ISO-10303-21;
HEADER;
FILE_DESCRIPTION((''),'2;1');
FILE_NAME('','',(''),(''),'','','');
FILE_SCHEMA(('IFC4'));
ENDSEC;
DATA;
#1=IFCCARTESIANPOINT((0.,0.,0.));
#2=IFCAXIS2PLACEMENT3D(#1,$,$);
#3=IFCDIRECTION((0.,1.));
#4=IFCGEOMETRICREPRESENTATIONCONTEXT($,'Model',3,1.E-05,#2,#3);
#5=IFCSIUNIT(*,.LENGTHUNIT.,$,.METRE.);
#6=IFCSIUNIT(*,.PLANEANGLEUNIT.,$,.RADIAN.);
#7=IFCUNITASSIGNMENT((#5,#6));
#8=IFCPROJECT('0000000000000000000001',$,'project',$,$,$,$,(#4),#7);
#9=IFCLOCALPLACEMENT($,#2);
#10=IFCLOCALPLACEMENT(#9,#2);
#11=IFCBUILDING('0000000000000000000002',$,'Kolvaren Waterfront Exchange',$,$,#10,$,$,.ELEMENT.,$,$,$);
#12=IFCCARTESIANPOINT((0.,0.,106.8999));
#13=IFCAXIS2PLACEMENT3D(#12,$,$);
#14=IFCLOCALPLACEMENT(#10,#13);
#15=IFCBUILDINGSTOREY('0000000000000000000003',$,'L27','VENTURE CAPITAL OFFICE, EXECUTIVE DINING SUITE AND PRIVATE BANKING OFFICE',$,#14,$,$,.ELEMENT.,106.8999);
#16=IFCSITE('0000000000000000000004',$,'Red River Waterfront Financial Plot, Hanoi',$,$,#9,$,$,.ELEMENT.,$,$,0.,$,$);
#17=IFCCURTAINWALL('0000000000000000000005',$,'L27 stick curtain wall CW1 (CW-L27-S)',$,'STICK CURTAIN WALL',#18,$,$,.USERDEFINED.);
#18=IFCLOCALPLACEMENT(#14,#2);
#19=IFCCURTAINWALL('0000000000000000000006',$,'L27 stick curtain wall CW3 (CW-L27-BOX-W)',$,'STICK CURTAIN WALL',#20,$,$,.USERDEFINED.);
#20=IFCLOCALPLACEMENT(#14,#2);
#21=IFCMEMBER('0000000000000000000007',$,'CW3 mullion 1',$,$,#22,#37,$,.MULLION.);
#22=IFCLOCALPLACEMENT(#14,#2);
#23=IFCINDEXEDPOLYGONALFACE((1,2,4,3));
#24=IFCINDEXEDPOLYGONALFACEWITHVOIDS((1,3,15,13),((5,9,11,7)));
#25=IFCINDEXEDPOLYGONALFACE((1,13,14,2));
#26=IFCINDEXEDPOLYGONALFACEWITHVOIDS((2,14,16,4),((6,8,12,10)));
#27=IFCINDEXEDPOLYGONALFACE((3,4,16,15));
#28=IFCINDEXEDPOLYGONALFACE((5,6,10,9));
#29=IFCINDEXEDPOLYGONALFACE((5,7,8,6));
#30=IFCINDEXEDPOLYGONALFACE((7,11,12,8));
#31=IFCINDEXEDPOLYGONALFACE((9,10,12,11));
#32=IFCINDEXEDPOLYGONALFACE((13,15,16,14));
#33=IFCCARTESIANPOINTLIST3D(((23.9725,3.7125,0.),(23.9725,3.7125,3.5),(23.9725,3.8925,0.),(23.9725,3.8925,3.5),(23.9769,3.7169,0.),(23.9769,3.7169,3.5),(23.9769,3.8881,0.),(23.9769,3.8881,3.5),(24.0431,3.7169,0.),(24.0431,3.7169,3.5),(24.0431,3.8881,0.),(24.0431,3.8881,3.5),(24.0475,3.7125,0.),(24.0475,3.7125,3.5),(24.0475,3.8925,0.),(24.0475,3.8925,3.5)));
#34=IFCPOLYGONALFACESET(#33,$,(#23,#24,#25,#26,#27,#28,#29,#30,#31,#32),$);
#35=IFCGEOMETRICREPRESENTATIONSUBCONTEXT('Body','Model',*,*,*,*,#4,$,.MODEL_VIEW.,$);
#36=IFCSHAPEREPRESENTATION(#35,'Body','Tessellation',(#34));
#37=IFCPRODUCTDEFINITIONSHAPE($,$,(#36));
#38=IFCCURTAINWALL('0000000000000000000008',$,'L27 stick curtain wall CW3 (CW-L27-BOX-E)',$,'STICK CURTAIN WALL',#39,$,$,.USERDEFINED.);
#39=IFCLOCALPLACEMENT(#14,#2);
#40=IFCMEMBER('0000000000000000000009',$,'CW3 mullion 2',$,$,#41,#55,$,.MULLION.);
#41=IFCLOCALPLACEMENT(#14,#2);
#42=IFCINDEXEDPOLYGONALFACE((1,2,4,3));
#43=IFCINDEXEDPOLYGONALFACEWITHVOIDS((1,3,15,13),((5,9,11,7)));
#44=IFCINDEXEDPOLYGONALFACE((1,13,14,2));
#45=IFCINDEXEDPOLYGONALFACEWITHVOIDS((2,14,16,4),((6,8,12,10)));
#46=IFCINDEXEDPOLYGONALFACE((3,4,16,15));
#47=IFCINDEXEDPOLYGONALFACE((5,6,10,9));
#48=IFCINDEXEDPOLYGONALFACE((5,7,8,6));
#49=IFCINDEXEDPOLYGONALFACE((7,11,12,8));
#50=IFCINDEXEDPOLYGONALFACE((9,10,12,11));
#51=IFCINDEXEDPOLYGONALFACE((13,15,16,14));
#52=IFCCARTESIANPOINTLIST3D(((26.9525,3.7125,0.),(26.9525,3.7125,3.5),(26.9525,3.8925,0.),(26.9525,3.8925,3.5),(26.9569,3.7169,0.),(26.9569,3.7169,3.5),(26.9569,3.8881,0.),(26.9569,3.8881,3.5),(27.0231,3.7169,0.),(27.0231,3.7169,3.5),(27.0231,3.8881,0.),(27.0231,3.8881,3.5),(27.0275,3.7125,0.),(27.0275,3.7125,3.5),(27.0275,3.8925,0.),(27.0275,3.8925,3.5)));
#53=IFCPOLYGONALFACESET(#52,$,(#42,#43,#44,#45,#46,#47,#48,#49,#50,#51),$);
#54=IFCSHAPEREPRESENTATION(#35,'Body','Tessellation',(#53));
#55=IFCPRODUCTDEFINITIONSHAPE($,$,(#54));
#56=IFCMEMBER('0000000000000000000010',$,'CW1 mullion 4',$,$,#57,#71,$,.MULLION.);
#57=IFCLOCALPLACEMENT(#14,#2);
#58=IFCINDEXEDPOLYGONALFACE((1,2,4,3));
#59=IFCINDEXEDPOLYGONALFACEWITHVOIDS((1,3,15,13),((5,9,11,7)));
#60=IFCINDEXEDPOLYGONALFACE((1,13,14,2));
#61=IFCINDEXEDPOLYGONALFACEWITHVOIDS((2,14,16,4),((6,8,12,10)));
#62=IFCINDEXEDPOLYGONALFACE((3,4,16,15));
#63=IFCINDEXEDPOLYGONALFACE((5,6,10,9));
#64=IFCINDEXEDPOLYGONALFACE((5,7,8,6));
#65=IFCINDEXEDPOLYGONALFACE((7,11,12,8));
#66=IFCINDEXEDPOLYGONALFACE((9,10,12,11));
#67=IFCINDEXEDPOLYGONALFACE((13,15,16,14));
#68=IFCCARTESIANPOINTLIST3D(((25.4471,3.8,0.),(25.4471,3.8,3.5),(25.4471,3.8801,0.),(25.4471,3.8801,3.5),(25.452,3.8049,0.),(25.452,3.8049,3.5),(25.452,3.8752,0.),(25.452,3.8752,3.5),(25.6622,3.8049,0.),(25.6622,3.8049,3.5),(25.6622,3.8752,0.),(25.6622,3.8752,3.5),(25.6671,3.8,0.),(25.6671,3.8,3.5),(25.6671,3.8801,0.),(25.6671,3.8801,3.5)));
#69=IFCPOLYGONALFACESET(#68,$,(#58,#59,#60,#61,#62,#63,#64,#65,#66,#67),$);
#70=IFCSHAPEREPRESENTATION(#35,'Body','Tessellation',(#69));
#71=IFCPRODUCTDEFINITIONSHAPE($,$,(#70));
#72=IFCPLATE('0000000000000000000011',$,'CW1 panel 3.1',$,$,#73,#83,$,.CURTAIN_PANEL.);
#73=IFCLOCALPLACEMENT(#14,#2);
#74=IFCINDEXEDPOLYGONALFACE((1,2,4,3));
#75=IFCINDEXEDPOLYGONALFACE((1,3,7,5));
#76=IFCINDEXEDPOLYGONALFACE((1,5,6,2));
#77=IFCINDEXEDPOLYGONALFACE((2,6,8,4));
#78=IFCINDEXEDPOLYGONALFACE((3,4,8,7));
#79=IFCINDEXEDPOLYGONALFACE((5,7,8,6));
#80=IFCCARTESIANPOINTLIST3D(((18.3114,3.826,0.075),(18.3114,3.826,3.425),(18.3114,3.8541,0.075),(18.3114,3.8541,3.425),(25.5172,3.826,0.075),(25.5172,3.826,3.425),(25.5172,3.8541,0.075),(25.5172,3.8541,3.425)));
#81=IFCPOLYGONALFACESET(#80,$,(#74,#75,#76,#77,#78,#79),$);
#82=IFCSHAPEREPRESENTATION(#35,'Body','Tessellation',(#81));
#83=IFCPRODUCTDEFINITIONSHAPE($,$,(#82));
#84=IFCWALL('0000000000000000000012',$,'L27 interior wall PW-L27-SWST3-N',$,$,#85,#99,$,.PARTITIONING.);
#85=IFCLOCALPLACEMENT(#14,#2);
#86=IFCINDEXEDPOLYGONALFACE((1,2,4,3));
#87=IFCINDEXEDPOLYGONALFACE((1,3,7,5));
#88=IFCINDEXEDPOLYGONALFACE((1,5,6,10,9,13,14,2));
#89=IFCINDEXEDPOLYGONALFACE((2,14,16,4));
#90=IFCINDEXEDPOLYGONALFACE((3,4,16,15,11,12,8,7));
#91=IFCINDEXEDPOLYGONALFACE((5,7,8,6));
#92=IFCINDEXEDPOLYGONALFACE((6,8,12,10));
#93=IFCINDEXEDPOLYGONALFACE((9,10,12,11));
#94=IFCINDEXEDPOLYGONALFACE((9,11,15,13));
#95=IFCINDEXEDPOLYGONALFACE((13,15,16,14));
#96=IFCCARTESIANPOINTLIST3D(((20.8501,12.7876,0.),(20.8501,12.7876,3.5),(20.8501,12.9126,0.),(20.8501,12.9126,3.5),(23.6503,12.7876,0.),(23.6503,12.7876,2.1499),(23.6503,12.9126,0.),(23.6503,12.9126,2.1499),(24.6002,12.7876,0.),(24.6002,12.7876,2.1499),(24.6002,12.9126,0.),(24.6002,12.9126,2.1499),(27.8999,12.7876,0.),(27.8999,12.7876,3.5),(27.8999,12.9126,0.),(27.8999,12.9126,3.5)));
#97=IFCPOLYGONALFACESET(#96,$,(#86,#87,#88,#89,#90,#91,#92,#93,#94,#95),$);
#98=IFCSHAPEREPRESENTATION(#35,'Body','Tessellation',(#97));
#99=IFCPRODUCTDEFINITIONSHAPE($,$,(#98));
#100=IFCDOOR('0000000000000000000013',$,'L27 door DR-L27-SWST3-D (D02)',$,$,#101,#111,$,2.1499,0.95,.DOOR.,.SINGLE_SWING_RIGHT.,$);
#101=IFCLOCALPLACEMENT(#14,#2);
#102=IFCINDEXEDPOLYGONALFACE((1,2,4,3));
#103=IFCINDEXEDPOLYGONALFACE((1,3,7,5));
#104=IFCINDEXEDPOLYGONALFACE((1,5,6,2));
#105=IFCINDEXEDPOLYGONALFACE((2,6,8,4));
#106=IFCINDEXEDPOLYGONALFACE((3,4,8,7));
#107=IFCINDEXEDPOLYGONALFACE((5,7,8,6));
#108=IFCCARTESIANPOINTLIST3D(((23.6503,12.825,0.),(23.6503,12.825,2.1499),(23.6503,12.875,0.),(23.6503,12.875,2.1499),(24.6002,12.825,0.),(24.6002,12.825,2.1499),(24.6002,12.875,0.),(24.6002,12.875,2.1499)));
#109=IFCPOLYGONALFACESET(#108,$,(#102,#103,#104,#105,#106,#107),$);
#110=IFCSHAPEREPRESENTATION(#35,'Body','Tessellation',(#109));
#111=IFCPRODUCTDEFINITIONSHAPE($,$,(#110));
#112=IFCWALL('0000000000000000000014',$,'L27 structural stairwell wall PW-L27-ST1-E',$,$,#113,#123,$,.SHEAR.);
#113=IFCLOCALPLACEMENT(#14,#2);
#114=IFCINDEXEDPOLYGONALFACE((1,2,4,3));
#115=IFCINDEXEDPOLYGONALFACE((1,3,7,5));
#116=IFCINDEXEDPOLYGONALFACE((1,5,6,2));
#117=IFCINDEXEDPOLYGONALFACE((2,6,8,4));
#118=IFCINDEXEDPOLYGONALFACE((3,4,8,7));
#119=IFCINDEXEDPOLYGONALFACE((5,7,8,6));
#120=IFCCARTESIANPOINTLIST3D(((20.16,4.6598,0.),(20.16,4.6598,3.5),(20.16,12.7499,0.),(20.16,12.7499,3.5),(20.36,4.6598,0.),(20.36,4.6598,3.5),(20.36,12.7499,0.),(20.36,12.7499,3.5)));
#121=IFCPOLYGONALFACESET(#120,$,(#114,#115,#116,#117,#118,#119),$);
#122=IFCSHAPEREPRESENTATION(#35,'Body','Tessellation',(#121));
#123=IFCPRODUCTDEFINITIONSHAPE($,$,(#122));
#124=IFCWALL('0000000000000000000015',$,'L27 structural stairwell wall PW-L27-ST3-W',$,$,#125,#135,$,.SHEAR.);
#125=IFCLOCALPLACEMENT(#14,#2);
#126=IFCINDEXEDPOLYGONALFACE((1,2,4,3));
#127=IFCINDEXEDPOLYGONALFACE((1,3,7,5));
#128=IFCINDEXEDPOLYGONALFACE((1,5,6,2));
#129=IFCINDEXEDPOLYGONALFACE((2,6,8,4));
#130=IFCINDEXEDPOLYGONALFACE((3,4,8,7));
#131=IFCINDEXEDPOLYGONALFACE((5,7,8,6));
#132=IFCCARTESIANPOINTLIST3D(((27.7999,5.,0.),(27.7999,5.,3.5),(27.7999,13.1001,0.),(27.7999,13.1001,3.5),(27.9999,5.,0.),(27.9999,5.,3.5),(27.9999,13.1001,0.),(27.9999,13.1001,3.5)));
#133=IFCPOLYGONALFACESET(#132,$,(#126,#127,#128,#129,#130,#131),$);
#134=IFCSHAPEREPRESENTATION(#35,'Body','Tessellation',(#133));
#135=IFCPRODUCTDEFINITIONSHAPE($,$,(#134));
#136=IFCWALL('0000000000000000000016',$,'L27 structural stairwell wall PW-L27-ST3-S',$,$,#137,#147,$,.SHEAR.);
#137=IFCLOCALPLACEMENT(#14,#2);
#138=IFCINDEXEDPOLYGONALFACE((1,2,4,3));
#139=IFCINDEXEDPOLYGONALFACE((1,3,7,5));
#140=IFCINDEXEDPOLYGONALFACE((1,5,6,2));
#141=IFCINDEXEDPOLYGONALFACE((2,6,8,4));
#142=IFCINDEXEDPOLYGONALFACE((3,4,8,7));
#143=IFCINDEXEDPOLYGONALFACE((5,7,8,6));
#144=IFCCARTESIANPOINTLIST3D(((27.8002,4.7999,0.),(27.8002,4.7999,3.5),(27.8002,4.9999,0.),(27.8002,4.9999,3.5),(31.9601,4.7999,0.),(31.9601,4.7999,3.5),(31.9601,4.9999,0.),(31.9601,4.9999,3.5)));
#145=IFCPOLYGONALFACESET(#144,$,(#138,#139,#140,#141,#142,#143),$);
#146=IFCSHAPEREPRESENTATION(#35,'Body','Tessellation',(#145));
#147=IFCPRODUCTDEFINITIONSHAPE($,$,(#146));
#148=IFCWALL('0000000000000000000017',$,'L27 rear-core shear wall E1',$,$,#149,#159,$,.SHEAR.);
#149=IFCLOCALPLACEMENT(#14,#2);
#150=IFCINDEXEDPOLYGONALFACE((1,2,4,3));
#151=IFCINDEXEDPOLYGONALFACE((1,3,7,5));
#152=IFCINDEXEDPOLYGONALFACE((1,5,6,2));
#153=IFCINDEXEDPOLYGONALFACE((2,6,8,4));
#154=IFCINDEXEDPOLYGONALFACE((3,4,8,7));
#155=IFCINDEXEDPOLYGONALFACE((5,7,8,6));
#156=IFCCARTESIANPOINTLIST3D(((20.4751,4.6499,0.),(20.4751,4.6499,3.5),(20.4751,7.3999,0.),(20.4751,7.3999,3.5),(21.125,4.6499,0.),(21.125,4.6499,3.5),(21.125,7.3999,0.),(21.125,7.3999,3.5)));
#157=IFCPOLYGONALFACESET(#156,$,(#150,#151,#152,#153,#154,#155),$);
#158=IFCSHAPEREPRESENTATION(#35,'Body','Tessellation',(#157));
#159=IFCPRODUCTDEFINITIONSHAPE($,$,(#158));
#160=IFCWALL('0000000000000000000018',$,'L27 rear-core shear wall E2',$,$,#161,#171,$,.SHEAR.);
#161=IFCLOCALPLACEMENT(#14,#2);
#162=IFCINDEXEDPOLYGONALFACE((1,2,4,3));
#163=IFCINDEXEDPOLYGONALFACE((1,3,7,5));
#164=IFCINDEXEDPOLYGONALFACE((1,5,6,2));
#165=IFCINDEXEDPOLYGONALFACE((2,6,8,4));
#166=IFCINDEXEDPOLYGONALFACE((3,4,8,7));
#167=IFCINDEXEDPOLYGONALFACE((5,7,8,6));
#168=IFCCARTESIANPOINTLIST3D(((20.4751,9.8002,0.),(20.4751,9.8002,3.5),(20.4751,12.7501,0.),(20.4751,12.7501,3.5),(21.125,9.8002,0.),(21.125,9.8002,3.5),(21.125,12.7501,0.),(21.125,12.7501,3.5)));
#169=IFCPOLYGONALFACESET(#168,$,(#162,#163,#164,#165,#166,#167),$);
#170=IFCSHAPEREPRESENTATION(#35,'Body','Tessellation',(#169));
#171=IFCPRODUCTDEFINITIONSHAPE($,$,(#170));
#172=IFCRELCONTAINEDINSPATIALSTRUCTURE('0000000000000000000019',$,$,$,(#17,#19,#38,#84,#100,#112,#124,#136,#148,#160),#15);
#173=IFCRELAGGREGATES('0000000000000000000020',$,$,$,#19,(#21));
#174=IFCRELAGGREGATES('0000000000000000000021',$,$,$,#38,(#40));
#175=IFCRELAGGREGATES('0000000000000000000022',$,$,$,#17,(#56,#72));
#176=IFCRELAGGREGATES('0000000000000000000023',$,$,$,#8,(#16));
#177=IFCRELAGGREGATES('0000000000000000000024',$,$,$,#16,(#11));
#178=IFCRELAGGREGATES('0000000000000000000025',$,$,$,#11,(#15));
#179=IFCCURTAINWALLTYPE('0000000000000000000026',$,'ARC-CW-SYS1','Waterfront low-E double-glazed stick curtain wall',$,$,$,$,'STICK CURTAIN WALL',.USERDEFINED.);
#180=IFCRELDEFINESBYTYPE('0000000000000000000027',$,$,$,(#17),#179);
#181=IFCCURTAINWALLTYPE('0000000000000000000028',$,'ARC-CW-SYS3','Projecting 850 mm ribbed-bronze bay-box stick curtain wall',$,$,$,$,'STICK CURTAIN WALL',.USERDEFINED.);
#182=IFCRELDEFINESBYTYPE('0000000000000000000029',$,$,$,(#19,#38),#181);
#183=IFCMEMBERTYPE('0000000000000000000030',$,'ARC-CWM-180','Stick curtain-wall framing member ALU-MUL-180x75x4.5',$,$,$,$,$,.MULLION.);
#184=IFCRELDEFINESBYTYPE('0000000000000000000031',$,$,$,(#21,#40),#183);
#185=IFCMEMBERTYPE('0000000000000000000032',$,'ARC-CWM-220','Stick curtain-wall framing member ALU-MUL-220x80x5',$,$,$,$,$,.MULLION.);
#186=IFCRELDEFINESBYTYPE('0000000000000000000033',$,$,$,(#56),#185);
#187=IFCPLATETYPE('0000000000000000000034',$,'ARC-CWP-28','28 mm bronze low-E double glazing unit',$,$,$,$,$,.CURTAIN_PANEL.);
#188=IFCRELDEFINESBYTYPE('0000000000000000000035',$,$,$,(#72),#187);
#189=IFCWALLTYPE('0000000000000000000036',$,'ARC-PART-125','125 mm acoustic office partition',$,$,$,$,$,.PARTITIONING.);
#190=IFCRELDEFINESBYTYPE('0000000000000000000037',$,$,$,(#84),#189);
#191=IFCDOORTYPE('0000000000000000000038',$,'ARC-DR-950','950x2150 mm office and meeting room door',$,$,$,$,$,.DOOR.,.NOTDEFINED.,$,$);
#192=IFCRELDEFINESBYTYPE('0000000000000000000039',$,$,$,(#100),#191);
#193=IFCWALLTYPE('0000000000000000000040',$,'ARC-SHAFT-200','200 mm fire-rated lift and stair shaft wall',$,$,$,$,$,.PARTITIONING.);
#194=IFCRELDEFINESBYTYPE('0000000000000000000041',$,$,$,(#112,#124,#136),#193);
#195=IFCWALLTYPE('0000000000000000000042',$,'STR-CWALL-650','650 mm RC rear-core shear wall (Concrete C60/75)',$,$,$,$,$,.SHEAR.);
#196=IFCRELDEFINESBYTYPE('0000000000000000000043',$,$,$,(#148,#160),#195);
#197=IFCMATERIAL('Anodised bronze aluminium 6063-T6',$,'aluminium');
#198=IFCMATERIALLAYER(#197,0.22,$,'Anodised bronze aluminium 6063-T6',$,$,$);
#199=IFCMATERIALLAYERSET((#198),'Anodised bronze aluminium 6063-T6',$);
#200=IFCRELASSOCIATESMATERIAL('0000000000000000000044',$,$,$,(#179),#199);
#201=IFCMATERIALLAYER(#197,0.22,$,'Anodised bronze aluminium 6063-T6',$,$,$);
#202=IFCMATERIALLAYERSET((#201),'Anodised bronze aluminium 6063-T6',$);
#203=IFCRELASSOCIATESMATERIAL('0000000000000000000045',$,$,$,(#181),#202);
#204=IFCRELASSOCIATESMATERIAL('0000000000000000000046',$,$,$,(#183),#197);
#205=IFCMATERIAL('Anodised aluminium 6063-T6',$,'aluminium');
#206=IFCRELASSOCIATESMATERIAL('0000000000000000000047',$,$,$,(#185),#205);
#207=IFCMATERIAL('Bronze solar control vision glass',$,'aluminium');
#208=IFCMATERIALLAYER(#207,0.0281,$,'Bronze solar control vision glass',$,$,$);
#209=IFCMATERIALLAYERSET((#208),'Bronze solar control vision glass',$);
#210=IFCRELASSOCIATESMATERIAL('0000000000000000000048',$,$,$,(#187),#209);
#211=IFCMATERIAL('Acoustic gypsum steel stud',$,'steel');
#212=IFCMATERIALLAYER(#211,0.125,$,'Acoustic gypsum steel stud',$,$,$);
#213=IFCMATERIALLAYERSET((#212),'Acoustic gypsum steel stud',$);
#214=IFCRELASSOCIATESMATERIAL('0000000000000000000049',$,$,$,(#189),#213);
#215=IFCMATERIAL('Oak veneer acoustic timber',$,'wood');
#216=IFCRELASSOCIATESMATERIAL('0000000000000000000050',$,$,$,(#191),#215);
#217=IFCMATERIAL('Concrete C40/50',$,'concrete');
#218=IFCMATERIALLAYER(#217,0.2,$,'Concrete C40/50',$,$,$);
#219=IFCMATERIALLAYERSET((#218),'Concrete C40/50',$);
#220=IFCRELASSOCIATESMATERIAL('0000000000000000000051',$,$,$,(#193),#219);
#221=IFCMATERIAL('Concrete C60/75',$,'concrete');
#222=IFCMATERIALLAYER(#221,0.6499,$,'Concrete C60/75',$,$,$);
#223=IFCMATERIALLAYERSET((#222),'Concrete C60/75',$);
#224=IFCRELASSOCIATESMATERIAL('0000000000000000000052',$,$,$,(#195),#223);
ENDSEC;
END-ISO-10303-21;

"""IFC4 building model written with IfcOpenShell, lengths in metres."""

from ifc_helpers import new_model, si_unit, direction, frame, frame_2d, origin, origin_with_axes, origin_2d, place, context, subcontext, project, spatial, rectangle, hollow_rectangle, extrude, source, transform, mapped, material, layer, layer_set, material_profile, profile_set, type_object, element, fill, aggregate, save


model = new_model("IFC4")

# Units and contexts
model_context = context("Model", 3, precision=1e-05, world=origin(), true_north=direction((0.0, 1.0)))
body_context = subcontext(model_context, "Body", "Model", "MODEL_VIEW")
ifc_project = project(units=[si_unit("LENGTHUNIT", "METRE"), si_unit("PLANEANGLEUNIT", "RADIAN")], contexts=[model_context])

# Site, building, storey
site_placement = place(None, origin())
site = spatial("IfcSite", under=ifc_project, at=site_placement, Name="Red River Waterfront Financial Plot, Hanoi", CompositionType="ELEMENT", RefElevation=0.0)
building_placement = place(site_placement, origin())
building = spatial("IfcBuilding", under=site, at=building_placement, Name="Kolvaren Waterfront Exchange", CompositionType="ELEMENT")
storey_placement = place(building_placement, frame((0.0, 0.0, 106.8999)))
storey = spatial("IfcBuildingStorey", under=building, at=storey_placement, Name="L27", Description="VENTURE CAPITAL OFFICE, EXECUTIVE DINING SUITE AND PRIVATE BANKING OFFICE", CompositionType="ELEMENT", Elevation=106.8999)

# Shared definitions
ifc_material_1 = material(Name="Concrete C60/75", Category="concrete")

# Curtain wall
ifc_material_2 = material(Name="Anodised bronze aluminium 6063-T6", Category="aluminium")
ifc_layer_1 = layer(ifc_material_2, 0.22, Name="Anodised bronze aluminium 6063-T6")
ifc_layer_set_1 = layer_set([ifc_layer_1], Name="Anodised bronze aluminium 6063-T6")
curtain_wall_type_1 = type_object("IfcCurtainWallType", Name="ARC-CW-SYS1", Description="Waterfront low-E double-glazed stick curtain wall", ElementType="STICK CURTAIN WALL", PredefinedType="USERDEFINED", material=ifc_layer_set_1)
curtain_wall_1_placement = place(storey_placement, origin())
curtain_wall_1 = element("IfcCurtainWall", 1, at=curtain_wall_1_placement, inside=storey, type_object=curtain_wall_type_1, Name="L27 stick curtain wall CW1 (CW-L27-S)", ObjectType="STICK CURTAIN WALL", PredefinedType="USERDEFINED")
ifc_material_3 = material(Name="Anodised aluminium 6063-T6", Category="aluminium")

# Curtain walls, members
ifc_layer_2 = layer(ifc_material_2, 0.22, Name="Anodised bronze aluminium 6063-T6")
ifc_layer_set_2 = layer_set([ifc_layer_2], Name="Anodised bronze aluminium 6063-T6")
curtain_wall_type_2 = type_object("IfcCurtainWallType", Name="ARC-CW-SYS3", Description="Projecting 850 mm ribbed-bronze bay-box stick curtain wall", ElementType="STICK CURTAIN WALL", PredefinedType="USERDEFINED", material=ifc_layer_set_2)
curtain_wall_2_placement = place(storey_placement, origin())
curtain_wall_2 = element("IfcCurtainWall", 2, at=curtain_wall_2_placement, inside=storey, type_object=curtain_wall_type_2, Name="L27 stick curtain wall CW3 (CW-L27-BOX-W)", ObjectType="STICK CURTAIN WALL", PredefinedType="USERDEFINED")
ifc_material_profile_1 = material_profile(ifc_material_2, hollow_rectangle(XDim=0.075, YDim=0.1799, WallThickness=0.0044, at=origin_2d()), Name="ALU-MUL-180x75x4.5")
ifc_profile_set_1 = profile_set([ifc_material_profile_1], Name="Anodised bronze aluminium 6063-T6")
member_type_1 = type_object("IfcMemberType", Name="ARC-CWM-180", Description="Stick curtain-wall framing member ALU-MUL-180x75x4.5", PredefinedType="MULLION", material=ifc_profile_set_1)
shared_shape_1 = source(origin_with_axes(), body_context, "Body", "SweptSolid", [
    extrude(hollow_rectangle(XDim=0.075, YDim=0.1799, WallThickness=0.0044, at=origin_2d()), origin(), (0.0, 0.0, 1.0), 3.5),
])
member_1_placement = place(storey_placement, frame((24.01, 3.8025, 0.0), z_axis=(0.0, 0.0, 1.0), x_axis=(1.0, 0.0, 0.0)))
member_1 = element("IfcMember", 3, at=member_1_placement, type_object=member_type_1, Name="CW3 mullion 1", PredefinedType="MULLION", context=body_context, shape_type="MappedRepresentation", body=[
    mapped(shared_shape_1, transform((0.0, 0.0, 0.0), x_axis=(1.0, 0.0, 0.0), y_axis=(0.0, 1.0, 0.0), z_axis=(0.0, 0.0, 1.0), scale=1.0)),
])
aggregate(curtain_wall_2, [member_1])
curtain_wall_3_placement = place(storey_placement, origin())
curtain_wall_3 = element("IfcCurtainWall", 4, at=curtain_wall_3_placement, inside=storey, type_object=curtain_wall_type_2, Name="L27 stick curtain wall CW3 (CW-L27-BOX-E)", ObjectType="STICK CURTAIN WALL", PredefinedType="USERDEFINED")
member_2_placement = place(storey_placement, frame((26.99, 3.8025, 0.0), z_axis=(0.0, 0.0, 1.0), x_axis=(-1.0, 0.0, 0.0)))
member_2 = element("IfcMember", 5, at=member_2_placement, type_object=member_type_1, Name="CW3 mullion 2", PredefinedType="MULLION", context=body_context, shape_type="MappedRepresentation", body=[
    mapped(shared_shape_1, transform((0.0, 0.0, 0.0), x_axis=(1.0, 0.0, 0.0), y_axis=(0.0, 1.0, 0.0), z_axis=(0.0, 0.0, 1.0), scale=1.0)),
])
aggregate(curtain_wall_3, [member_2])

# Member
ifc_material_profile_2 = material_profile(ifc_material_3, hollow_rectangle(XDim=0.0801, YDim=0.22, WallThickness=0.0049, at=origin_2d()), Name="ALU-MUL-220x80x5")
ifc_profile_set_2 = profile_set([ifc_material_profile_2], Name="Anodised aluminium 6063-T6")
member_type_2 = type_object("IfcMemberType", Name="ARC-CWM-220", Description="Stick curtain-wall framing member ALU-MUL-220x80x5", PredefinedType="MULLION", material=ifc_profile_set_2)
shared_shape_2 = source(origin_with_axes(), body_context, "Body", "SweptSolid", [
    extrude(hollow_rectangle(XDim=0.0801, YDim=0.22, WallThickness=0.0049, at=origin_2d()), origin(), (0.0, 0.0, 1.0), 3.5),
])
member_3_placement = place(storey_placement, frame((25.5571, 3.8401, 0.0), z_axis=(0.0, 0.0, 1.0), x_axis=(0.0, 1.0, 0.0)))
member_3 = element("IfcMember", 6, at=member_3_placement, type_object=member_type_2, Name="CW1 mullion 4", PredefinedType="MULLION", context=body_context, shape_type="MappedRepresentation", body=[
    mapped(shared_shape_2, transform((0.0, 0.0, 0.0), x_axis=(1.0, 0.0, 0.0), y_axis=(0.0, 1.0, 0.0), z_axis=(0.0, 0.0, 1.0), scale=1.0)),
])

# Plate
ifc_material_4 = material(Name="Bronze solar control vision glass", Category="aluminium")
ifc_layer_3 = layer(ifc_material_4, 0.0281, Name="Bronze solar control vision glass")
ifc_layer_set_3 = layer_set([ifc_layer_3], Name="Bronze solar control vision glass")
plate_type = type_object("IfcPlateType", Name="ARC-CWP-28", Description="28 mm bronze low-E double glazing unit", PredefinedType="CURTAIN_PANEL", material=ifc_layer_set_3)
shared_shape_3 = source(origin_with_axes(), body_context, "Body", "SweptSolid", [
    extrude(rectangle(XDim=7.2058, YDim=0.0281, at=origin_2d()), origin(), (0.0, 0.0, 1.0), 3.3501),
])
plate_placement = place(storey_placement, frame((21.9143, 3.8401, 0.075), z_axis=(0.0, 0.0, 1.0), x_axis=(1.0, 0.0, 0.0)))
plate = element("IfcPlate", 7, at=plate_placement, type_object=plate_type, Name="CW1 panel 3.1", PredefinedType="CURTAIN_PANEL", context=body_context, shape_type="MappedRepresentation", body=[
    mapped(shared_shape_3, transform((0.0, 0.0, 0.0), x_axis=(1.0, 0.0, 0.0), y_axis=(0.0, 1.0, 0.0), z_axis=(0.0, 0.0, 1.0), scale=1.0)),
])
aggregate(curtain_wall_1, [member_3, plate])

# Wall, opening, door
ifc_material_5 = material(Name="Acoustic gypsum steel stud", Category="steel")
ifc_layer_4 = layer(ifc_material_5, 0.125, Name="Acoustic gypsum steel stud")
ifc_layer_set_4 = layer_set([ifc_layer_4], Name="Acoustic gypsum steel stud")
wall_type_1 = type_object("IfcWallType", Name="ARC-PART-125", Description="125 mm acoustic office partition", PredefinedType="PARTITIONING", material=ifc_layer_set_4)
wall_1_placement = place(storey_placement, frame((20.8501, 12.8501, 0.0), z_axis=(0.0, 0.0, 1.0), x_axis=(1.0, 0.0, 0.0)))
wall_1 = element("IfcWall", 8, at=wall_1_placement, inside=storey, type_object=wall_type_1, Name="L27 interior wall PW-L27-SWST3-N", PredefinedType="PARTITIONING", context=body_context, shape_type="SweptSolid", body=[
    extrude(rectangle(XDim=7.0498, YDim=0.125, at=frame_2d((3.5249, 0.0))), origin(), (0.0, 0.0, 1.0), 3.5),
])
opening_placement = place(wall_1_placement, frame((2.8, 0.0, 0.0)))
opening = element("IfcOpeningElement", 9, at=opening_placement, cuts=wall_1, PredefinedType="OPENING", context=body_context, shape_type="SweptSolid", body=[
    extrude(rectangle(XDim=0.95, YDim=2.1499, at=frame_2d((0.4751, 1.075))), frame((0.0, 0.0725, 0.0), z_axis=(0.0, -1.0, 0.0), x_axis=(1.0, 0.0, 0.0)), (0.0, 0.0, 1.0), 0.145),
])
ifc_material_6 = material(Name="Oak veneer acoustic timber", Category="wood")
door_type = type_object("IfcDoorType", Name="ARC-DR-950", Description="950x2150 mm office and meeting room door", OperationType="NOTDEFINED", PredefinedType="DOOR", material=ifc_material_6)
door_placement = place(opening_placement, origin())
door = element("IfcDoor", 10, at=door_placement, inside=storey, type_object=door_type, Name="L27 door DR-L27-SWST3-D (D02)", OperationType="SINGLE_SWING_RIGHT", OverallHeight=2.1499, OverallWidth=0.95, PredefinedType="DOOR", context=body_context, shape_type="SweptSolid", body=[
    extrude(rectangle(XDim=0.95, YDim=2.1499, at=frame_2d((0.4751, 1.075))), frame((0.0, 0.0249, 0.0), z_axis=(0.0, -1.0, 0.0), x_axis=(1.0, 0.0, 0.0)), (0.0, 0.0, 1.0), 0.05),
])
fill(opening, door)

# Walls
ifc_material_7 = material(Name="Concrete C40/50", Category="concrete")
ifc_layer_5 = layer(ifc_material_7, 0.2, Name="Concrete C40/50")
ifc_layer_set_5 = layer_set([ifc_layer_5], Name="Concrete C40/50")
wall_type_2 = type_object("IfcWallType", Name="ARC-SHAFT-200", Description="200 mm fire-rated lift and stair shaft wall", PredefinedType="PARTITIONING", material=ifc_layer_set_5)
wall_2_placement = place(storey_placement, frame((20.26, 4.6599, 0.0), z_axis=(0.0, 0.0, 1.0), x_axis=(0.0, 1.0, 0.0)))
element("IfcWall", 11, at=wall_2_placement, inside=storey, type_object=wall_type_2, Name="L27 structural stairwell wall PW-L27-ST1-E", PredefinedType="SHEAR", context=body_context, shape_type="SweptSolid", body=[
    extrude(rectangle(XDim=8.0901, YDim=0.2, at=frame_2d((4.0449, 0.0))), origin(), (0.0, 0.0, 1.0), 3.5),
])
wall_3_placement = place(storey_placement, frame((27.8999, 5.0, 0.0), z_axis=(0.0, 0.0, 1.0), x_axis=(0.0, 1.0, 0.0)))
element("IfcWall", 12, at=wall_3_placement, inside=storey, type_object=wall_type_2, Name="L27 structural stairwell wall PW-L27-ST3-W", PredefinedType="SHEAR", context=body_context, shape_type="SweptSolid", body=[
    extrude(rectangle(XDim=8.1001, YDim=0.2, at=frame_2d((4.05, 0.0))), origin(), (0.0, 0.0, 1.0), 3.5),
])
wall_4_placement = place(storey_placement, frame((27.8, 4.8999, 0.0), z_axis=(0.0, 0.0, 1.0), x_axis=(1.0, 0.0, 0.0)))
element("IfcWall", 13, at=wall_4_placement, inside=storey, type_object=wall_type_2, Name="L27 structural stairwell wall PW-L27-ST3-S", PredefinedType="SHEAR", context=body_context, shape_type="SweptSolid", body=[
    extrude(rectangle(XDim=4.1599, YDim=0.2, at=frame_2d((2.0801, 0.0))), origin(), (0.0, 0.0, 1.0), 3.5),
])
ifc_layer_6 = layer(ifc_material_1, 0.6499, Name="Concrete C60/75")
ifc_layer_set_6 = layer_set([ifc_layer_6], Name="Concrete C60/75")
wall_type_3 = type_object("IfcWallType", Name="STR-CWALL-650", Description="650 mm RC rear-core shear wall (Concrete C60/75)", PredefinedType="SHEAR", material=ifc_layer_set_6)
wall_5_placement = place(storey_placement, frame((20.8, 4.6499, 0.0), z_axis=(0.0, 0.0, 1.0), x_axis=(0.0, 1.0, 0.0)))
element("IfcWall", 14, at=wall_5_placement, inside=storey, type_object=wall_type_3, Name="L27 rear-core shear wall E1", PredefinedType="SHEAR", context=body_context, shape_type="SweptSolid", body=[
    extrude(rectangle(XDim=2.75, YDim=0.6499, at=frame_2d((1.375, 0.0))), origin(), (0.0, 0.0, 1.0), 3.5),
])
wall_6_placement = place(storey_placement, frame((20.8, 9.8, 0.0), z_axis=(0.0, 0.0, 1.0), x_axis=(0.0, 1.0, 0.0)))
element("IfcWall", 15, at=wall_6_placement, inside=storey, type_object=wall_type_3, Name="L27 rear-core shear wall E2", PredefinedType="SHEAR", context=body_context, shape_type="SweptSolid", body=[
    extrude(rectangle(XDim=2.95, YDim=0.6499, at=frame_2d((1.4751, 0.0))), origin(), (0.0, 0.0, 1.0), 3.5),
])

save(model, "model.ifc")
